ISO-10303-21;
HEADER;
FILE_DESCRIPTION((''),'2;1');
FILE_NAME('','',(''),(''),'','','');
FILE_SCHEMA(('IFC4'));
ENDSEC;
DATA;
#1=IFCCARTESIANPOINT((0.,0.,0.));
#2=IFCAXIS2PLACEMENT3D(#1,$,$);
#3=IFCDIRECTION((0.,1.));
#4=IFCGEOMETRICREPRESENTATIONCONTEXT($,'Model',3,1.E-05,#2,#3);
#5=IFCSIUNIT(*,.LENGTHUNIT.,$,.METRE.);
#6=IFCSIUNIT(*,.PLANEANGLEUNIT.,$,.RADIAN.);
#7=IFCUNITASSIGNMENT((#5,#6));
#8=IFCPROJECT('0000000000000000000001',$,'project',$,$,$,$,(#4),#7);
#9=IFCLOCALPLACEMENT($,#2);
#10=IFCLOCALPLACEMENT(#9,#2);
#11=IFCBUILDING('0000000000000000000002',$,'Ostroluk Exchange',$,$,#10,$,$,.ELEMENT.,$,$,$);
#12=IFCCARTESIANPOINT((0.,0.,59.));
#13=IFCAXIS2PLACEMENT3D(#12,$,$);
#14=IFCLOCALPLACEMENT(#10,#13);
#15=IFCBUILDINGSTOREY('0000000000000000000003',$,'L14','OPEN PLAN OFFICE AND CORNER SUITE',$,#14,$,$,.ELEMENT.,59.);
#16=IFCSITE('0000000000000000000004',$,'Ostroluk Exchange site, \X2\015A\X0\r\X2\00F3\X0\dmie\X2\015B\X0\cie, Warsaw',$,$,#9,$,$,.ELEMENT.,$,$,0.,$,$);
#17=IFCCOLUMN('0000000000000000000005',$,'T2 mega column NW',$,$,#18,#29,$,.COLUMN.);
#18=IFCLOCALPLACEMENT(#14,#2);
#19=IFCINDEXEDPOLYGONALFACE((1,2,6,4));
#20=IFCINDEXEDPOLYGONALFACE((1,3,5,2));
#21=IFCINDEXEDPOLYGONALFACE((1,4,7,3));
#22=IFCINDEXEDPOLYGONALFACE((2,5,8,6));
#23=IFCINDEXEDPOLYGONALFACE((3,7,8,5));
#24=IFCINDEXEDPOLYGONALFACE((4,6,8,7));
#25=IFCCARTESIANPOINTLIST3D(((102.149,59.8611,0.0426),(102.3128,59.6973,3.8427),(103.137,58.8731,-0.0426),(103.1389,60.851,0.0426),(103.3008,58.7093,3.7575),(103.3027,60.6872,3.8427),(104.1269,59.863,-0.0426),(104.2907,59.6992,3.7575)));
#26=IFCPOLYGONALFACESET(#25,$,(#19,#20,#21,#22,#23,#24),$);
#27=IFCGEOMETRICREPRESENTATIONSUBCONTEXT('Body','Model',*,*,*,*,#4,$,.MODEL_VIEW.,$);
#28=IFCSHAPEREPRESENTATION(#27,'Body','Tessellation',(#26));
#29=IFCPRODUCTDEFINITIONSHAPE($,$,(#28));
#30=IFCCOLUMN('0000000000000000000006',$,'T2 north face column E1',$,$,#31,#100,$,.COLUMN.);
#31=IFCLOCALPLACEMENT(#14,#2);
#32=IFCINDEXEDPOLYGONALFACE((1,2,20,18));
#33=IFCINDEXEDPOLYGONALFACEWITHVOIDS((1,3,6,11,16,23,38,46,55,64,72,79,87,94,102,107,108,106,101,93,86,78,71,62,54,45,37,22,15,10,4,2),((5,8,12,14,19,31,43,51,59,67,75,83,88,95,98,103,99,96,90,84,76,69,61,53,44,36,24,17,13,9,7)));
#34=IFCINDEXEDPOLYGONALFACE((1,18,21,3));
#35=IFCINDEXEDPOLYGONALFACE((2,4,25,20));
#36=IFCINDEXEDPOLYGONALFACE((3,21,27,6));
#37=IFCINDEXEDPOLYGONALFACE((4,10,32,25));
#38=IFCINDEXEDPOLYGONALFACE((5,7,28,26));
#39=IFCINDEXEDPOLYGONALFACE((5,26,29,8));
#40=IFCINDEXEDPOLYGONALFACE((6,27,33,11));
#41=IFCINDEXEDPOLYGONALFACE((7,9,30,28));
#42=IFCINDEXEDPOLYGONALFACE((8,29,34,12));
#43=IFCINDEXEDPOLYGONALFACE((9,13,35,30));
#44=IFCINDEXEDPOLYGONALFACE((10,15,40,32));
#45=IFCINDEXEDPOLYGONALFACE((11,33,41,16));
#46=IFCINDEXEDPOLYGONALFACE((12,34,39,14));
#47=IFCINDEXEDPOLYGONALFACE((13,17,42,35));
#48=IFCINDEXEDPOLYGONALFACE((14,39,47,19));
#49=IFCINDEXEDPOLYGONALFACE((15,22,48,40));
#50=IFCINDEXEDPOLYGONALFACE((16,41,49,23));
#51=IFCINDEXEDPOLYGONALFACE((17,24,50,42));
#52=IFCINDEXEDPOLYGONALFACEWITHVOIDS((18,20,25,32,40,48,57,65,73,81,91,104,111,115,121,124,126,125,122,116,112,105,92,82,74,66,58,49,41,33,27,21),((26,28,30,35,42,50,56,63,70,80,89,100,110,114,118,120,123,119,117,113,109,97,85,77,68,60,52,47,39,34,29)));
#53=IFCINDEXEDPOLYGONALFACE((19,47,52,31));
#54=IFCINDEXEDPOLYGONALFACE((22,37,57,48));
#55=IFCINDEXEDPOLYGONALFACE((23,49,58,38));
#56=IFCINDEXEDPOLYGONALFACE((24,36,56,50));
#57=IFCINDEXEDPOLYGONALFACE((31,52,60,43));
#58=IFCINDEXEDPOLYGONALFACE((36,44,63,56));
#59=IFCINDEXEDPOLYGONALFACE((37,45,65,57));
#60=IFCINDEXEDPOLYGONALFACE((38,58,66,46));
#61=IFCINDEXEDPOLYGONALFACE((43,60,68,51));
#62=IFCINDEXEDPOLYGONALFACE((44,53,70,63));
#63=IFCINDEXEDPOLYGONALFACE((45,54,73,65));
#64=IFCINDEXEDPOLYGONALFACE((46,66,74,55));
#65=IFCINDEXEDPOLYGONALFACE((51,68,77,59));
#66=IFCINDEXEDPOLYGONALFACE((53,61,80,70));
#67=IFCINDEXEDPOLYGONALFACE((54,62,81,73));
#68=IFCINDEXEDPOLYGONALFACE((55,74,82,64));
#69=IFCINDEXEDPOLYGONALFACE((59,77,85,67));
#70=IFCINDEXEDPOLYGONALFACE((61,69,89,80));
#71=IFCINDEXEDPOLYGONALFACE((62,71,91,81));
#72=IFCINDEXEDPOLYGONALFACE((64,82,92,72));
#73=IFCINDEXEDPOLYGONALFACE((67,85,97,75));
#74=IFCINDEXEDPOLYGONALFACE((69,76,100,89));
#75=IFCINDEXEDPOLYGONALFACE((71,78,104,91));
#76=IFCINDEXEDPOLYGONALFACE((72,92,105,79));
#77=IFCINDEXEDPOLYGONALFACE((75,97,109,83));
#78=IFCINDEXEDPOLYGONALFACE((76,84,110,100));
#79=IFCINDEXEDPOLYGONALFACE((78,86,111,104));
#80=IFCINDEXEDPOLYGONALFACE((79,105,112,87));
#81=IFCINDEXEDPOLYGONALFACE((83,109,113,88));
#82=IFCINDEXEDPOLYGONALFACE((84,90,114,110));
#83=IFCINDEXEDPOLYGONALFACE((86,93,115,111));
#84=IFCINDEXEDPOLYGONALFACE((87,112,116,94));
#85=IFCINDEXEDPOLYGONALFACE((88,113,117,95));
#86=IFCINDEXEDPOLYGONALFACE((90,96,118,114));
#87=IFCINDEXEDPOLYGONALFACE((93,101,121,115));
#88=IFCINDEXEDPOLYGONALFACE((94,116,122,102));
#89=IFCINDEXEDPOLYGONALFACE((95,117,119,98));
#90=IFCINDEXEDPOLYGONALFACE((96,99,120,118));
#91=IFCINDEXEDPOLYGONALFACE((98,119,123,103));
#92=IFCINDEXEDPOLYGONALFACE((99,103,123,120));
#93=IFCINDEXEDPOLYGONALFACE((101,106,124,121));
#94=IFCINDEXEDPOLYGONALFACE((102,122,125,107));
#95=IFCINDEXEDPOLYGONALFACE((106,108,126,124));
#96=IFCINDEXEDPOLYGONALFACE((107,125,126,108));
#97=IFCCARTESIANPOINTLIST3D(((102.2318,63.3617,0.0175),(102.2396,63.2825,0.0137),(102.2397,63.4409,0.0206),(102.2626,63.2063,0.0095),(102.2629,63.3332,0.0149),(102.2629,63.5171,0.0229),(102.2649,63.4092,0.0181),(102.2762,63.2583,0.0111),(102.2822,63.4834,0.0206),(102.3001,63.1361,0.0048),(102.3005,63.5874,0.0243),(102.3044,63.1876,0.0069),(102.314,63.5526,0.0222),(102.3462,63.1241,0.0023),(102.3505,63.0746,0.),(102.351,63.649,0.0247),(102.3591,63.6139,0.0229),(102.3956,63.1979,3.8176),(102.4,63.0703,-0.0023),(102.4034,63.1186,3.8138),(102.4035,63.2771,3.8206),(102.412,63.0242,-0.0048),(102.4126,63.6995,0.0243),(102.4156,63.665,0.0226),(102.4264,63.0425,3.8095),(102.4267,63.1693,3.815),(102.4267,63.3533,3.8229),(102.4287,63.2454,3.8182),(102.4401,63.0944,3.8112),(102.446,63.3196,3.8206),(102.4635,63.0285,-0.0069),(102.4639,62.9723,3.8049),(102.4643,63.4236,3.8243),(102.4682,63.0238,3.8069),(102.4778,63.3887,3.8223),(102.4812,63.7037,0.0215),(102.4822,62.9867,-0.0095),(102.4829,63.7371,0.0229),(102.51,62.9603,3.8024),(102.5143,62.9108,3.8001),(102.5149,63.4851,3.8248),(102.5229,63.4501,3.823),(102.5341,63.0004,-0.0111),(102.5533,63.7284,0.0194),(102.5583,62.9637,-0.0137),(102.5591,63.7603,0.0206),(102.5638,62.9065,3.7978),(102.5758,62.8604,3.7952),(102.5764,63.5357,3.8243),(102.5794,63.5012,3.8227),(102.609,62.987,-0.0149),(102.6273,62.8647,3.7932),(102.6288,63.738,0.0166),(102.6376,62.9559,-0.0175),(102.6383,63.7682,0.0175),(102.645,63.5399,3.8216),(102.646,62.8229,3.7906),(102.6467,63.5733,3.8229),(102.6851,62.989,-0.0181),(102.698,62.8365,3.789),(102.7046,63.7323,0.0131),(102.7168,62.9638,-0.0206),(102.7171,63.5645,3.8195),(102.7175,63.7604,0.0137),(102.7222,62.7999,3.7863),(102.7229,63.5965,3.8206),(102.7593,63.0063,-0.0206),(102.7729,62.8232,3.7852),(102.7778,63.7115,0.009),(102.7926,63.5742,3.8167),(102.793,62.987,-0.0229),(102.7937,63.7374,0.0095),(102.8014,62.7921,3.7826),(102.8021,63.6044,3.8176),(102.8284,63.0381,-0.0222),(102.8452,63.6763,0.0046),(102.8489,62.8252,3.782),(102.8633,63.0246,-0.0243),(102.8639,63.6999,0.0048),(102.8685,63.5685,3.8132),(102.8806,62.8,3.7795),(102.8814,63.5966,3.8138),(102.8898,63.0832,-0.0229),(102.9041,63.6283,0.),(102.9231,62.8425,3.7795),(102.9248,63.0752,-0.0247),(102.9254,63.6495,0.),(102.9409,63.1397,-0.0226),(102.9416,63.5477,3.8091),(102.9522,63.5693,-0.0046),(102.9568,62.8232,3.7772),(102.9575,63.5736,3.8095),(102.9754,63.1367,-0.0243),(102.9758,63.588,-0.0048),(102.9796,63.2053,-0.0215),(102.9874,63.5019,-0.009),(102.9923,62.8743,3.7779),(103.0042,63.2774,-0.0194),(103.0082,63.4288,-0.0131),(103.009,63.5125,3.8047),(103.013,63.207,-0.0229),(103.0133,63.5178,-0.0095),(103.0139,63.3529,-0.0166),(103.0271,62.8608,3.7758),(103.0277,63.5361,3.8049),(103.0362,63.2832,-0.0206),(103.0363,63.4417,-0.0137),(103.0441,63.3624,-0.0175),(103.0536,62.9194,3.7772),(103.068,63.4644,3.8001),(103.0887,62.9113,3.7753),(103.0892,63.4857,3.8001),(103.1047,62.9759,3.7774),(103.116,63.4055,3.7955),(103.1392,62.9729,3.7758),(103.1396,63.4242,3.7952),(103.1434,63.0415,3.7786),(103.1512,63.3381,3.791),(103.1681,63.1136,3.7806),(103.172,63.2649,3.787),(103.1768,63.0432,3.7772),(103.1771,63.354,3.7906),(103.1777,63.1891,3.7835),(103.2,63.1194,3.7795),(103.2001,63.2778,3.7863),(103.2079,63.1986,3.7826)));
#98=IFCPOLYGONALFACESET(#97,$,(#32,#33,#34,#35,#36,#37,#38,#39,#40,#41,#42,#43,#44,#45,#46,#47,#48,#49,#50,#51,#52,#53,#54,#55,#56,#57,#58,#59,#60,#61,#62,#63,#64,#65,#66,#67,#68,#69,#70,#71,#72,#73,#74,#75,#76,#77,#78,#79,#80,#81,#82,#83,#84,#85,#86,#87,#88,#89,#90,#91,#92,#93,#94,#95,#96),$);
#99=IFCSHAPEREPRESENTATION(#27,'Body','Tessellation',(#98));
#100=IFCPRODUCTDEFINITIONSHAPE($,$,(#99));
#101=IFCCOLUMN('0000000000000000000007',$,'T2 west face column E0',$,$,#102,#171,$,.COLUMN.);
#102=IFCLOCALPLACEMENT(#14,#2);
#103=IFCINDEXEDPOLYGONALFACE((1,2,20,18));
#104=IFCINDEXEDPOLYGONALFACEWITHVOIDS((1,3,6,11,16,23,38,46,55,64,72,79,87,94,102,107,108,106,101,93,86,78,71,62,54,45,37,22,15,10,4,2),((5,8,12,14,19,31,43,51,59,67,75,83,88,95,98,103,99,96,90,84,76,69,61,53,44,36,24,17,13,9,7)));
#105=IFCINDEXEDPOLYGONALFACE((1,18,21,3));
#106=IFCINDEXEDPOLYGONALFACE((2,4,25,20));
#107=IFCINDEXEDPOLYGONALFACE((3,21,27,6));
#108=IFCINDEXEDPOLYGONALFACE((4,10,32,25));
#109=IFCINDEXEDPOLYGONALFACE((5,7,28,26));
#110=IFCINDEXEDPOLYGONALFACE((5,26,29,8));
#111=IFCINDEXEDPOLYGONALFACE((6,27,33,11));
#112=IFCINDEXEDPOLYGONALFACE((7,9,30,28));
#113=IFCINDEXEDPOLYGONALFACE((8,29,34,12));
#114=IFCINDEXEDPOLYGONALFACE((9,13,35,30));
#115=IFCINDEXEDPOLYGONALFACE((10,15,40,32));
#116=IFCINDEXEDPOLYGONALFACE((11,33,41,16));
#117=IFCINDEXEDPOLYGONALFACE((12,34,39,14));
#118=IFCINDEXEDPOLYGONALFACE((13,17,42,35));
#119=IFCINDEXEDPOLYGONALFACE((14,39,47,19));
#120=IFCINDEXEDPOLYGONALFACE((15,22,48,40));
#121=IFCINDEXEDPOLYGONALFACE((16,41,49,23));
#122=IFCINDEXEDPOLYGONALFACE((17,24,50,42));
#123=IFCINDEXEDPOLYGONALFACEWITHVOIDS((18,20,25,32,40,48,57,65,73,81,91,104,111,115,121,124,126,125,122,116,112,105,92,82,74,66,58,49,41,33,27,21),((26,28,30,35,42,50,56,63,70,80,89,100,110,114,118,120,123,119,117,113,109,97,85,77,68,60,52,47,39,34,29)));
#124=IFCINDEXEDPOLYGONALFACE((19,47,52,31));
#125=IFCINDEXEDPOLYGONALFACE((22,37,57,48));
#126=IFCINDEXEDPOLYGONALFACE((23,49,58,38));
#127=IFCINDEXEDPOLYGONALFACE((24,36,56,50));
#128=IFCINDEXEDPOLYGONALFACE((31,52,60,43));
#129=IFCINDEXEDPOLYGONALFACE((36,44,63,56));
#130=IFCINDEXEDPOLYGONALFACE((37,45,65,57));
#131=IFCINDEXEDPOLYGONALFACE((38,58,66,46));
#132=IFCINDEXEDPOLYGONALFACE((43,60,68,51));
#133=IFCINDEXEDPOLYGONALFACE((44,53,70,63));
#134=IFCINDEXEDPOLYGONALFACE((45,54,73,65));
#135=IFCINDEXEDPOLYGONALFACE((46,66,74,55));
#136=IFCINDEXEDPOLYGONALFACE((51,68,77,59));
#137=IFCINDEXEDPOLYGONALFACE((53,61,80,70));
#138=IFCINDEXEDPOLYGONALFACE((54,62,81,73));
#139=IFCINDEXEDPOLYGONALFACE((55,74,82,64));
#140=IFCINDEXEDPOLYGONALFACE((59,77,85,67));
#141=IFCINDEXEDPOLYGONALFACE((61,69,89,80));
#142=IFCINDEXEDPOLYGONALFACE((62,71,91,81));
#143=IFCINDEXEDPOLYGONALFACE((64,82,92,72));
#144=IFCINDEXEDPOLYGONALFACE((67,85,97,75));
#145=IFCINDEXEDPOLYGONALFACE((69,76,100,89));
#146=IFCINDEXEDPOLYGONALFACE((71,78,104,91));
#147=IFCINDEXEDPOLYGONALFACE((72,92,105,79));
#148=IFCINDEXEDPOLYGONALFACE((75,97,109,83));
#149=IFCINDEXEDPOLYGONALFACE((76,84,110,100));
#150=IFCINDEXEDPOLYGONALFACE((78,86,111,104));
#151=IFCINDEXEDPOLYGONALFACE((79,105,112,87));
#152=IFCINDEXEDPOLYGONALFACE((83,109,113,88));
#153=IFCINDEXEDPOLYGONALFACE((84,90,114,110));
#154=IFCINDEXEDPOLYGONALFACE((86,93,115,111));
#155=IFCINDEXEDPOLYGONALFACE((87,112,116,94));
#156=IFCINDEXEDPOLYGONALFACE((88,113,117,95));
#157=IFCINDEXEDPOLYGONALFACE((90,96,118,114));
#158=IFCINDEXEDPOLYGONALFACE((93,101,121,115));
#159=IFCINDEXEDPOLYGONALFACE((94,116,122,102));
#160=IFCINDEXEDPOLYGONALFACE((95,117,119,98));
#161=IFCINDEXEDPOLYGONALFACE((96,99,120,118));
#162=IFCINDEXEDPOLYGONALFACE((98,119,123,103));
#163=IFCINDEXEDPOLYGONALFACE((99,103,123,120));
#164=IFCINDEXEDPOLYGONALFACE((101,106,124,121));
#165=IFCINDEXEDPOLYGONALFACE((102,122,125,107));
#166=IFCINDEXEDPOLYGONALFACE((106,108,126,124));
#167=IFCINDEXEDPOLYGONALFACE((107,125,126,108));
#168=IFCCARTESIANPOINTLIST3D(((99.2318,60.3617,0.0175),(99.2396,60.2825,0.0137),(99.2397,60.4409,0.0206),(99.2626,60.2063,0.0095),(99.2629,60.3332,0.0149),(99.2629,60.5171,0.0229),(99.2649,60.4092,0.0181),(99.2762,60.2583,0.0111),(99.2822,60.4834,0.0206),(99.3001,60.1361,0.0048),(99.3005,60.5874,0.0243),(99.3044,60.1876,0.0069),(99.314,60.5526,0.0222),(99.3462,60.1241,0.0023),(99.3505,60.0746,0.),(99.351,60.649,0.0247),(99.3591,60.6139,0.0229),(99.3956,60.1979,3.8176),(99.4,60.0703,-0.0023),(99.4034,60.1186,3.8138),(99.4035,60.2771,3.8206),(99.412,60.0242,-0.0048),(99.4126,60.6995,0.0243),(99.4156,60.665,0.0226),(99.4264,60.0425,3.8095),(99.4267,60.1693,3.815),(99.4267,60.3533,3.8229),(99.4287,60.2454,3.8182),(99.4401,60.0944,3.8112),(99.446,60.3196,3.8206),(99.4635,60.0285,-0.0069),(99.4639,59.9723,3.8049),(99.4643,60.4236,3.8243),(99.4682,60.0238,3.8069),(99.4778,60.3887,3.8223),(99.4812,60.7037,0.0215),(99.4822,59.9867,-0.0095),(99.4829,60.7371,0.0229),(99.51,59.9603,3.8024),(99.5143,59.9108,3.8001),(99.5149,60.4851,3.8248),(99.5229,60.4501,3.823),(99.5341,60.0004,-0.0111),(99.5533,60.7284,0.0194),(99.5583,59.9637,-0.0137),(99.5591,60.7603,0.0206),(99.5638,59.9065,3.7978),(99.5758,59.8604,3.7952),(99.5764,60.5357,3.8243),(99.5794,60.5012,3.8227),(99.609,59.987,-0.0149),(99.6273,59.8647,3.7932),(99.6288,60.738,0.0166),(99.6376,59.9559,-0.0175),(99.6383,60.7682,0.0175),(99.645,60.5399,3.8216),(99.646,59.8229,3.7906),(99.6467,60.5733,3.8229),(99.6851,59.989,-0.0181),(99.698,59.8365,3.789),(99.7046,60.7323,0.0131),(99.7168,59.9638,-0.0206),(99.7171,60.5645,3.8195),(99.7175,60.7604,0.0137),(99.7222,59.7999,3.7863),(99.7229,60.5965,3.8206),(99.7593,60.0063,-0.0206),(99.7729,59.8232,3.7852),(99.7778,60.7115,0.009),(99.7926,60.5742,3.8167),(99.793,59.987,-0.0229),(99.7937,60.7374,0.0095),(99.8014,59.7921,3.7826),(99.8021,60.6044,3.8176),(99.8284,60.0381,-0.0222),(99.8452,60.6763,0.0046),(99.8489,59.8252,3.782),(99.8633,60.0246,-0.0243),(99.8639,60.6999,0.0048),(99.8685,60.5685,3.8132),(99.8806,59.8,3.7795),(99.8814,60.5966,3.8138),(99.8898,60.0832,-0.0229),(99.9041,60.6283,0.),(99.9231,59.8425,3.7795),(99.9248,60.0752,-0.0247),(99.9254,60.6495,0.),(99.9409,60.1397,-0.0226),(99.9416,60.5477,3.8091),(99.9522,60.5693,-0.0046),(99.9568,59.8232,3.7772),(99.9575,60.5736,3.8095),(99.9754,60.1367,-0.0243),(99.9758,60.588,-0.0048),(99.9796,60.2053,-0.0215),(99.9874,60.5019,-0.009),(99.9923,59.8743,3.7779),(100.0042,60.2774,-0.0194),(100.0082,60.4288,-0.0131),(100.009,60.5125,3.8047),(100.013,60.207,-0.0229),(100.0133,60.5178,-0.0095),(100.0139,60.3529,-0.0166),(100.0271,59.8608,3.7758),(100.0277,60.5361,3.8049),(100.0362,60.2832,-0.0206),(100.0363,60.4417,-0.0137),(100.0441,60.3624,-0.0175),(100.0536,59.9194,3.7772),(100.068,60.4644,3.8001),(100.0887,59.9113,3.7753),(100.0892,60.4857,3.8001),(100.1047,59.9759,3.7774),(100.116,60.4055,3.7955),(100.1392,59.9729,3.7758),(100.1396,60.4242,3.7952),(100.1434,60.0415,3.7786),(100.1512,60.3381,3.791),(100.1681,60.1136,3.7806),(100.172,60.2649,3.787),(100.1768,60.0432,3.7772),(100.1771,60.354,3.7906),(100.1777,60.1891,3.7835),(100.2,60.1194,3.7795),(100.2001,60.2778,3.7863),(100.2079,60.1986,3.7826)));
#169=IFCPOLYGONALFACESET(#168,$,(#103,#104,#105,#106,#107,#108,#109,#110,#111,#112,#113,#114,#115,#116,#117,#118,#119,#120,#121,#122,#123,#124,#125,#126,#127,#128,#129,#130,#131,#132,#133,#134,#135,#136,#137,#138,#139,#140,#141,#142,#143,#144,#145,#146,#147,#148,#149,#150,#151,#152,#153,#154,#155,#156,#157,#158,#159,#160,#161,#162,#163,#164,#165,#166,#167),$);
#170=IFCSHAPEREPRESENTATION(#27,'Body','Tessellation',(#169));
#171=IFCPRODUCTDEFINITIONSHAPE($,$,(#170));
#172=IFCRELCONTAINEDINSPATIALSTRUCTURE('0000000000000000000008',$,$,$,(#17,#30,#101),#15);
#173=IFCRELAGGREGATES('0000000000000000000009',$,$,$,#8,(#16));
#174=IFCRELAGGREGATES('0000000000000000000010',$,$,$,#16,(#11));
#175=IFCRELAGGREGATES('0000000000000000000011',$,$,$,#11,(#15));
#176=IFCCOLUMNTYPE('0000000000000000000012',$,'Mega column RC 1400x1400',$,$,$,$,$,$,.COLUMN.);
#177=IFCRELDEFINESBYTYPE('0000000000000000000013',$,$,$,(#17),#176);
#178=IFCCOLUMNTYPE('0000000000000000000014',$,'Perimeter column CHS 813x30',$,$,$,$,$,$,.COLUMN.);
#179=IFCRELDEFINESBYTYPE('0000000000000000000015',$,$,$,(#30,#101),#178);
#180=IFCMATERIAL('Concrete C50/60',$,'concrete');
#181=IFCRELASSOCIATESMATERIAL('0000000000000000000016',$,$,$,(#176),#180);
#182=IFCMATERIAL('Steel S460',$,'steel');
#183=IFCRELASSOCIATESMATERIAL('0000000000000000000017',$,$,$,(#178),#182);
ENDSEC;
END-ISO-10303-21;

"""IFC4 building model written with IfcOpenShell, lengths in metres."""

from ifc_helpers import new_model, si_unit, direction, frame, origin, origin_2d, place, context, subcontext, project, spatial, rectangle, hollow_circle, extrude, material, material_profile, profile_set, type_object, element, save


model = new_model("IFC4")

# Units and contexts
model_context = context("Model", 3, precision=1e-05, world=origin(), true_north=direction((0.0, 1.0)))
body_context = subcontext(model_context, "Body", "Model", "MODEL_VIEW")
ifc_project = project(units=[si_unit("LENGTHUNIT", "METRE"), si_unit("PLANEANGLEUNIT", "RADIAN")], contexts=[model_context])

# Site, building, storey
site_placement = place(None, origin())
site = spatial("IfcSite", under=ifc_project, at=site_placement, Name="Ostroluk Exchange site, Śródmieście, Warsaw", CompositionType="ELEMENT", RefElevation=0.0)
building_placement = place(site_placement, origin())
building = spatial("IfcBuilding", under=site, at=building_placement, Name="Ostroluk Exchange", CompositionType="ELEMENT")
storey_placement = place(building_placement, frame((0.0, 0.0, 59.0)))
storey = spatial("IfcBuildingStorey", under=building, at=storey_placement, Name="L14", Description="OPEN PLAN OFFICE AND CORNER SUITE", CompositionType="ELEMENT", Elevation=59.0)

# Columns
ifc_material_1 = material(Name="Concrete C50/60", Category="concrete")
ifc_material_profile_1 = material_profile(ifc_material_1, rectangle(XDim=1.3999, YDim=1.3999, at=origin_2d()), Name="RC 1400x1400")
ifc_profile_set_1 = profile_set([ifc_material_profile_1], Name="Concrete C50/60")
column_type_1 = type_object("IfcColumnType", Name="Mega column RC 1400x1400", PredefinedType="COLUMN", material=ifc_profile_set_1)
column_placement = place(storey_placement, frame((103.1379, 59.8621, 0.0), z_axis=(0.04303, -0.04303, 0.998147), x_axis=(0.707107, 0.707107, 0.0)))
element("IfcColumn", 1, at=column_placement, inside=storey, type_object=column_type_1, Name="T2 mega column NW", PredefinedType="COLUMN", context=body_context, shape_type="SweptSolid", body=[
    extrude(rectangle(XDim=1.3999, YDim=1.3999, at=origin_2d()), origin(), (0.0, 0.0, 1.0), 3.8071),
])
ifc_material_2 = material(Name="Steel S460", Category="steel")
ifc_material_profile_2 = material_profile(ifc_material_2, hollow_circle(Radius=0.4065, WallThickness=0.03, at=origin_2d()), Name="CHS 813x30")
ifc_profile_set_2 = profile_set([ifc_material_profile_2], Name="Steel S460")
column_type_2 = type_object("IfcColumnType", Name="Perimeter column CHS 813x30", PredefinedType="COLUMN", material=ifc_profile_set_2)
for number, where, z_axis, x_axis, name in (
    (2, (102.6379, 63.3621, 0.0), (0.04303, -0.04303, 0.998147), (0.707107, 0.707107, 0.0), "T2 north face column E1"),
    (3, (99.6379, 60.3621, 0.0), (0.04303, -0.04303, 0.998147), (0.707107, 0.707107, 0.0), "T2 west face column E0"),
):
    element("IfcColumn", number, at=place(storey_placement, frame(where, z_axis=z_axis, x_axis=x_axis)), inside=storey, type_object=column_type_2, Name=name, PredefinedType="COLUMN", context=body_context, shape_type="SweptSolid", body=[
        extrude(hollow_circle(Radius=0.4065, WallThickness=0.03, at=origin_2d()), origin(), (0.0, 0.0, 1.0), 3.8071),
    ])

save(model, "model.ifc")
